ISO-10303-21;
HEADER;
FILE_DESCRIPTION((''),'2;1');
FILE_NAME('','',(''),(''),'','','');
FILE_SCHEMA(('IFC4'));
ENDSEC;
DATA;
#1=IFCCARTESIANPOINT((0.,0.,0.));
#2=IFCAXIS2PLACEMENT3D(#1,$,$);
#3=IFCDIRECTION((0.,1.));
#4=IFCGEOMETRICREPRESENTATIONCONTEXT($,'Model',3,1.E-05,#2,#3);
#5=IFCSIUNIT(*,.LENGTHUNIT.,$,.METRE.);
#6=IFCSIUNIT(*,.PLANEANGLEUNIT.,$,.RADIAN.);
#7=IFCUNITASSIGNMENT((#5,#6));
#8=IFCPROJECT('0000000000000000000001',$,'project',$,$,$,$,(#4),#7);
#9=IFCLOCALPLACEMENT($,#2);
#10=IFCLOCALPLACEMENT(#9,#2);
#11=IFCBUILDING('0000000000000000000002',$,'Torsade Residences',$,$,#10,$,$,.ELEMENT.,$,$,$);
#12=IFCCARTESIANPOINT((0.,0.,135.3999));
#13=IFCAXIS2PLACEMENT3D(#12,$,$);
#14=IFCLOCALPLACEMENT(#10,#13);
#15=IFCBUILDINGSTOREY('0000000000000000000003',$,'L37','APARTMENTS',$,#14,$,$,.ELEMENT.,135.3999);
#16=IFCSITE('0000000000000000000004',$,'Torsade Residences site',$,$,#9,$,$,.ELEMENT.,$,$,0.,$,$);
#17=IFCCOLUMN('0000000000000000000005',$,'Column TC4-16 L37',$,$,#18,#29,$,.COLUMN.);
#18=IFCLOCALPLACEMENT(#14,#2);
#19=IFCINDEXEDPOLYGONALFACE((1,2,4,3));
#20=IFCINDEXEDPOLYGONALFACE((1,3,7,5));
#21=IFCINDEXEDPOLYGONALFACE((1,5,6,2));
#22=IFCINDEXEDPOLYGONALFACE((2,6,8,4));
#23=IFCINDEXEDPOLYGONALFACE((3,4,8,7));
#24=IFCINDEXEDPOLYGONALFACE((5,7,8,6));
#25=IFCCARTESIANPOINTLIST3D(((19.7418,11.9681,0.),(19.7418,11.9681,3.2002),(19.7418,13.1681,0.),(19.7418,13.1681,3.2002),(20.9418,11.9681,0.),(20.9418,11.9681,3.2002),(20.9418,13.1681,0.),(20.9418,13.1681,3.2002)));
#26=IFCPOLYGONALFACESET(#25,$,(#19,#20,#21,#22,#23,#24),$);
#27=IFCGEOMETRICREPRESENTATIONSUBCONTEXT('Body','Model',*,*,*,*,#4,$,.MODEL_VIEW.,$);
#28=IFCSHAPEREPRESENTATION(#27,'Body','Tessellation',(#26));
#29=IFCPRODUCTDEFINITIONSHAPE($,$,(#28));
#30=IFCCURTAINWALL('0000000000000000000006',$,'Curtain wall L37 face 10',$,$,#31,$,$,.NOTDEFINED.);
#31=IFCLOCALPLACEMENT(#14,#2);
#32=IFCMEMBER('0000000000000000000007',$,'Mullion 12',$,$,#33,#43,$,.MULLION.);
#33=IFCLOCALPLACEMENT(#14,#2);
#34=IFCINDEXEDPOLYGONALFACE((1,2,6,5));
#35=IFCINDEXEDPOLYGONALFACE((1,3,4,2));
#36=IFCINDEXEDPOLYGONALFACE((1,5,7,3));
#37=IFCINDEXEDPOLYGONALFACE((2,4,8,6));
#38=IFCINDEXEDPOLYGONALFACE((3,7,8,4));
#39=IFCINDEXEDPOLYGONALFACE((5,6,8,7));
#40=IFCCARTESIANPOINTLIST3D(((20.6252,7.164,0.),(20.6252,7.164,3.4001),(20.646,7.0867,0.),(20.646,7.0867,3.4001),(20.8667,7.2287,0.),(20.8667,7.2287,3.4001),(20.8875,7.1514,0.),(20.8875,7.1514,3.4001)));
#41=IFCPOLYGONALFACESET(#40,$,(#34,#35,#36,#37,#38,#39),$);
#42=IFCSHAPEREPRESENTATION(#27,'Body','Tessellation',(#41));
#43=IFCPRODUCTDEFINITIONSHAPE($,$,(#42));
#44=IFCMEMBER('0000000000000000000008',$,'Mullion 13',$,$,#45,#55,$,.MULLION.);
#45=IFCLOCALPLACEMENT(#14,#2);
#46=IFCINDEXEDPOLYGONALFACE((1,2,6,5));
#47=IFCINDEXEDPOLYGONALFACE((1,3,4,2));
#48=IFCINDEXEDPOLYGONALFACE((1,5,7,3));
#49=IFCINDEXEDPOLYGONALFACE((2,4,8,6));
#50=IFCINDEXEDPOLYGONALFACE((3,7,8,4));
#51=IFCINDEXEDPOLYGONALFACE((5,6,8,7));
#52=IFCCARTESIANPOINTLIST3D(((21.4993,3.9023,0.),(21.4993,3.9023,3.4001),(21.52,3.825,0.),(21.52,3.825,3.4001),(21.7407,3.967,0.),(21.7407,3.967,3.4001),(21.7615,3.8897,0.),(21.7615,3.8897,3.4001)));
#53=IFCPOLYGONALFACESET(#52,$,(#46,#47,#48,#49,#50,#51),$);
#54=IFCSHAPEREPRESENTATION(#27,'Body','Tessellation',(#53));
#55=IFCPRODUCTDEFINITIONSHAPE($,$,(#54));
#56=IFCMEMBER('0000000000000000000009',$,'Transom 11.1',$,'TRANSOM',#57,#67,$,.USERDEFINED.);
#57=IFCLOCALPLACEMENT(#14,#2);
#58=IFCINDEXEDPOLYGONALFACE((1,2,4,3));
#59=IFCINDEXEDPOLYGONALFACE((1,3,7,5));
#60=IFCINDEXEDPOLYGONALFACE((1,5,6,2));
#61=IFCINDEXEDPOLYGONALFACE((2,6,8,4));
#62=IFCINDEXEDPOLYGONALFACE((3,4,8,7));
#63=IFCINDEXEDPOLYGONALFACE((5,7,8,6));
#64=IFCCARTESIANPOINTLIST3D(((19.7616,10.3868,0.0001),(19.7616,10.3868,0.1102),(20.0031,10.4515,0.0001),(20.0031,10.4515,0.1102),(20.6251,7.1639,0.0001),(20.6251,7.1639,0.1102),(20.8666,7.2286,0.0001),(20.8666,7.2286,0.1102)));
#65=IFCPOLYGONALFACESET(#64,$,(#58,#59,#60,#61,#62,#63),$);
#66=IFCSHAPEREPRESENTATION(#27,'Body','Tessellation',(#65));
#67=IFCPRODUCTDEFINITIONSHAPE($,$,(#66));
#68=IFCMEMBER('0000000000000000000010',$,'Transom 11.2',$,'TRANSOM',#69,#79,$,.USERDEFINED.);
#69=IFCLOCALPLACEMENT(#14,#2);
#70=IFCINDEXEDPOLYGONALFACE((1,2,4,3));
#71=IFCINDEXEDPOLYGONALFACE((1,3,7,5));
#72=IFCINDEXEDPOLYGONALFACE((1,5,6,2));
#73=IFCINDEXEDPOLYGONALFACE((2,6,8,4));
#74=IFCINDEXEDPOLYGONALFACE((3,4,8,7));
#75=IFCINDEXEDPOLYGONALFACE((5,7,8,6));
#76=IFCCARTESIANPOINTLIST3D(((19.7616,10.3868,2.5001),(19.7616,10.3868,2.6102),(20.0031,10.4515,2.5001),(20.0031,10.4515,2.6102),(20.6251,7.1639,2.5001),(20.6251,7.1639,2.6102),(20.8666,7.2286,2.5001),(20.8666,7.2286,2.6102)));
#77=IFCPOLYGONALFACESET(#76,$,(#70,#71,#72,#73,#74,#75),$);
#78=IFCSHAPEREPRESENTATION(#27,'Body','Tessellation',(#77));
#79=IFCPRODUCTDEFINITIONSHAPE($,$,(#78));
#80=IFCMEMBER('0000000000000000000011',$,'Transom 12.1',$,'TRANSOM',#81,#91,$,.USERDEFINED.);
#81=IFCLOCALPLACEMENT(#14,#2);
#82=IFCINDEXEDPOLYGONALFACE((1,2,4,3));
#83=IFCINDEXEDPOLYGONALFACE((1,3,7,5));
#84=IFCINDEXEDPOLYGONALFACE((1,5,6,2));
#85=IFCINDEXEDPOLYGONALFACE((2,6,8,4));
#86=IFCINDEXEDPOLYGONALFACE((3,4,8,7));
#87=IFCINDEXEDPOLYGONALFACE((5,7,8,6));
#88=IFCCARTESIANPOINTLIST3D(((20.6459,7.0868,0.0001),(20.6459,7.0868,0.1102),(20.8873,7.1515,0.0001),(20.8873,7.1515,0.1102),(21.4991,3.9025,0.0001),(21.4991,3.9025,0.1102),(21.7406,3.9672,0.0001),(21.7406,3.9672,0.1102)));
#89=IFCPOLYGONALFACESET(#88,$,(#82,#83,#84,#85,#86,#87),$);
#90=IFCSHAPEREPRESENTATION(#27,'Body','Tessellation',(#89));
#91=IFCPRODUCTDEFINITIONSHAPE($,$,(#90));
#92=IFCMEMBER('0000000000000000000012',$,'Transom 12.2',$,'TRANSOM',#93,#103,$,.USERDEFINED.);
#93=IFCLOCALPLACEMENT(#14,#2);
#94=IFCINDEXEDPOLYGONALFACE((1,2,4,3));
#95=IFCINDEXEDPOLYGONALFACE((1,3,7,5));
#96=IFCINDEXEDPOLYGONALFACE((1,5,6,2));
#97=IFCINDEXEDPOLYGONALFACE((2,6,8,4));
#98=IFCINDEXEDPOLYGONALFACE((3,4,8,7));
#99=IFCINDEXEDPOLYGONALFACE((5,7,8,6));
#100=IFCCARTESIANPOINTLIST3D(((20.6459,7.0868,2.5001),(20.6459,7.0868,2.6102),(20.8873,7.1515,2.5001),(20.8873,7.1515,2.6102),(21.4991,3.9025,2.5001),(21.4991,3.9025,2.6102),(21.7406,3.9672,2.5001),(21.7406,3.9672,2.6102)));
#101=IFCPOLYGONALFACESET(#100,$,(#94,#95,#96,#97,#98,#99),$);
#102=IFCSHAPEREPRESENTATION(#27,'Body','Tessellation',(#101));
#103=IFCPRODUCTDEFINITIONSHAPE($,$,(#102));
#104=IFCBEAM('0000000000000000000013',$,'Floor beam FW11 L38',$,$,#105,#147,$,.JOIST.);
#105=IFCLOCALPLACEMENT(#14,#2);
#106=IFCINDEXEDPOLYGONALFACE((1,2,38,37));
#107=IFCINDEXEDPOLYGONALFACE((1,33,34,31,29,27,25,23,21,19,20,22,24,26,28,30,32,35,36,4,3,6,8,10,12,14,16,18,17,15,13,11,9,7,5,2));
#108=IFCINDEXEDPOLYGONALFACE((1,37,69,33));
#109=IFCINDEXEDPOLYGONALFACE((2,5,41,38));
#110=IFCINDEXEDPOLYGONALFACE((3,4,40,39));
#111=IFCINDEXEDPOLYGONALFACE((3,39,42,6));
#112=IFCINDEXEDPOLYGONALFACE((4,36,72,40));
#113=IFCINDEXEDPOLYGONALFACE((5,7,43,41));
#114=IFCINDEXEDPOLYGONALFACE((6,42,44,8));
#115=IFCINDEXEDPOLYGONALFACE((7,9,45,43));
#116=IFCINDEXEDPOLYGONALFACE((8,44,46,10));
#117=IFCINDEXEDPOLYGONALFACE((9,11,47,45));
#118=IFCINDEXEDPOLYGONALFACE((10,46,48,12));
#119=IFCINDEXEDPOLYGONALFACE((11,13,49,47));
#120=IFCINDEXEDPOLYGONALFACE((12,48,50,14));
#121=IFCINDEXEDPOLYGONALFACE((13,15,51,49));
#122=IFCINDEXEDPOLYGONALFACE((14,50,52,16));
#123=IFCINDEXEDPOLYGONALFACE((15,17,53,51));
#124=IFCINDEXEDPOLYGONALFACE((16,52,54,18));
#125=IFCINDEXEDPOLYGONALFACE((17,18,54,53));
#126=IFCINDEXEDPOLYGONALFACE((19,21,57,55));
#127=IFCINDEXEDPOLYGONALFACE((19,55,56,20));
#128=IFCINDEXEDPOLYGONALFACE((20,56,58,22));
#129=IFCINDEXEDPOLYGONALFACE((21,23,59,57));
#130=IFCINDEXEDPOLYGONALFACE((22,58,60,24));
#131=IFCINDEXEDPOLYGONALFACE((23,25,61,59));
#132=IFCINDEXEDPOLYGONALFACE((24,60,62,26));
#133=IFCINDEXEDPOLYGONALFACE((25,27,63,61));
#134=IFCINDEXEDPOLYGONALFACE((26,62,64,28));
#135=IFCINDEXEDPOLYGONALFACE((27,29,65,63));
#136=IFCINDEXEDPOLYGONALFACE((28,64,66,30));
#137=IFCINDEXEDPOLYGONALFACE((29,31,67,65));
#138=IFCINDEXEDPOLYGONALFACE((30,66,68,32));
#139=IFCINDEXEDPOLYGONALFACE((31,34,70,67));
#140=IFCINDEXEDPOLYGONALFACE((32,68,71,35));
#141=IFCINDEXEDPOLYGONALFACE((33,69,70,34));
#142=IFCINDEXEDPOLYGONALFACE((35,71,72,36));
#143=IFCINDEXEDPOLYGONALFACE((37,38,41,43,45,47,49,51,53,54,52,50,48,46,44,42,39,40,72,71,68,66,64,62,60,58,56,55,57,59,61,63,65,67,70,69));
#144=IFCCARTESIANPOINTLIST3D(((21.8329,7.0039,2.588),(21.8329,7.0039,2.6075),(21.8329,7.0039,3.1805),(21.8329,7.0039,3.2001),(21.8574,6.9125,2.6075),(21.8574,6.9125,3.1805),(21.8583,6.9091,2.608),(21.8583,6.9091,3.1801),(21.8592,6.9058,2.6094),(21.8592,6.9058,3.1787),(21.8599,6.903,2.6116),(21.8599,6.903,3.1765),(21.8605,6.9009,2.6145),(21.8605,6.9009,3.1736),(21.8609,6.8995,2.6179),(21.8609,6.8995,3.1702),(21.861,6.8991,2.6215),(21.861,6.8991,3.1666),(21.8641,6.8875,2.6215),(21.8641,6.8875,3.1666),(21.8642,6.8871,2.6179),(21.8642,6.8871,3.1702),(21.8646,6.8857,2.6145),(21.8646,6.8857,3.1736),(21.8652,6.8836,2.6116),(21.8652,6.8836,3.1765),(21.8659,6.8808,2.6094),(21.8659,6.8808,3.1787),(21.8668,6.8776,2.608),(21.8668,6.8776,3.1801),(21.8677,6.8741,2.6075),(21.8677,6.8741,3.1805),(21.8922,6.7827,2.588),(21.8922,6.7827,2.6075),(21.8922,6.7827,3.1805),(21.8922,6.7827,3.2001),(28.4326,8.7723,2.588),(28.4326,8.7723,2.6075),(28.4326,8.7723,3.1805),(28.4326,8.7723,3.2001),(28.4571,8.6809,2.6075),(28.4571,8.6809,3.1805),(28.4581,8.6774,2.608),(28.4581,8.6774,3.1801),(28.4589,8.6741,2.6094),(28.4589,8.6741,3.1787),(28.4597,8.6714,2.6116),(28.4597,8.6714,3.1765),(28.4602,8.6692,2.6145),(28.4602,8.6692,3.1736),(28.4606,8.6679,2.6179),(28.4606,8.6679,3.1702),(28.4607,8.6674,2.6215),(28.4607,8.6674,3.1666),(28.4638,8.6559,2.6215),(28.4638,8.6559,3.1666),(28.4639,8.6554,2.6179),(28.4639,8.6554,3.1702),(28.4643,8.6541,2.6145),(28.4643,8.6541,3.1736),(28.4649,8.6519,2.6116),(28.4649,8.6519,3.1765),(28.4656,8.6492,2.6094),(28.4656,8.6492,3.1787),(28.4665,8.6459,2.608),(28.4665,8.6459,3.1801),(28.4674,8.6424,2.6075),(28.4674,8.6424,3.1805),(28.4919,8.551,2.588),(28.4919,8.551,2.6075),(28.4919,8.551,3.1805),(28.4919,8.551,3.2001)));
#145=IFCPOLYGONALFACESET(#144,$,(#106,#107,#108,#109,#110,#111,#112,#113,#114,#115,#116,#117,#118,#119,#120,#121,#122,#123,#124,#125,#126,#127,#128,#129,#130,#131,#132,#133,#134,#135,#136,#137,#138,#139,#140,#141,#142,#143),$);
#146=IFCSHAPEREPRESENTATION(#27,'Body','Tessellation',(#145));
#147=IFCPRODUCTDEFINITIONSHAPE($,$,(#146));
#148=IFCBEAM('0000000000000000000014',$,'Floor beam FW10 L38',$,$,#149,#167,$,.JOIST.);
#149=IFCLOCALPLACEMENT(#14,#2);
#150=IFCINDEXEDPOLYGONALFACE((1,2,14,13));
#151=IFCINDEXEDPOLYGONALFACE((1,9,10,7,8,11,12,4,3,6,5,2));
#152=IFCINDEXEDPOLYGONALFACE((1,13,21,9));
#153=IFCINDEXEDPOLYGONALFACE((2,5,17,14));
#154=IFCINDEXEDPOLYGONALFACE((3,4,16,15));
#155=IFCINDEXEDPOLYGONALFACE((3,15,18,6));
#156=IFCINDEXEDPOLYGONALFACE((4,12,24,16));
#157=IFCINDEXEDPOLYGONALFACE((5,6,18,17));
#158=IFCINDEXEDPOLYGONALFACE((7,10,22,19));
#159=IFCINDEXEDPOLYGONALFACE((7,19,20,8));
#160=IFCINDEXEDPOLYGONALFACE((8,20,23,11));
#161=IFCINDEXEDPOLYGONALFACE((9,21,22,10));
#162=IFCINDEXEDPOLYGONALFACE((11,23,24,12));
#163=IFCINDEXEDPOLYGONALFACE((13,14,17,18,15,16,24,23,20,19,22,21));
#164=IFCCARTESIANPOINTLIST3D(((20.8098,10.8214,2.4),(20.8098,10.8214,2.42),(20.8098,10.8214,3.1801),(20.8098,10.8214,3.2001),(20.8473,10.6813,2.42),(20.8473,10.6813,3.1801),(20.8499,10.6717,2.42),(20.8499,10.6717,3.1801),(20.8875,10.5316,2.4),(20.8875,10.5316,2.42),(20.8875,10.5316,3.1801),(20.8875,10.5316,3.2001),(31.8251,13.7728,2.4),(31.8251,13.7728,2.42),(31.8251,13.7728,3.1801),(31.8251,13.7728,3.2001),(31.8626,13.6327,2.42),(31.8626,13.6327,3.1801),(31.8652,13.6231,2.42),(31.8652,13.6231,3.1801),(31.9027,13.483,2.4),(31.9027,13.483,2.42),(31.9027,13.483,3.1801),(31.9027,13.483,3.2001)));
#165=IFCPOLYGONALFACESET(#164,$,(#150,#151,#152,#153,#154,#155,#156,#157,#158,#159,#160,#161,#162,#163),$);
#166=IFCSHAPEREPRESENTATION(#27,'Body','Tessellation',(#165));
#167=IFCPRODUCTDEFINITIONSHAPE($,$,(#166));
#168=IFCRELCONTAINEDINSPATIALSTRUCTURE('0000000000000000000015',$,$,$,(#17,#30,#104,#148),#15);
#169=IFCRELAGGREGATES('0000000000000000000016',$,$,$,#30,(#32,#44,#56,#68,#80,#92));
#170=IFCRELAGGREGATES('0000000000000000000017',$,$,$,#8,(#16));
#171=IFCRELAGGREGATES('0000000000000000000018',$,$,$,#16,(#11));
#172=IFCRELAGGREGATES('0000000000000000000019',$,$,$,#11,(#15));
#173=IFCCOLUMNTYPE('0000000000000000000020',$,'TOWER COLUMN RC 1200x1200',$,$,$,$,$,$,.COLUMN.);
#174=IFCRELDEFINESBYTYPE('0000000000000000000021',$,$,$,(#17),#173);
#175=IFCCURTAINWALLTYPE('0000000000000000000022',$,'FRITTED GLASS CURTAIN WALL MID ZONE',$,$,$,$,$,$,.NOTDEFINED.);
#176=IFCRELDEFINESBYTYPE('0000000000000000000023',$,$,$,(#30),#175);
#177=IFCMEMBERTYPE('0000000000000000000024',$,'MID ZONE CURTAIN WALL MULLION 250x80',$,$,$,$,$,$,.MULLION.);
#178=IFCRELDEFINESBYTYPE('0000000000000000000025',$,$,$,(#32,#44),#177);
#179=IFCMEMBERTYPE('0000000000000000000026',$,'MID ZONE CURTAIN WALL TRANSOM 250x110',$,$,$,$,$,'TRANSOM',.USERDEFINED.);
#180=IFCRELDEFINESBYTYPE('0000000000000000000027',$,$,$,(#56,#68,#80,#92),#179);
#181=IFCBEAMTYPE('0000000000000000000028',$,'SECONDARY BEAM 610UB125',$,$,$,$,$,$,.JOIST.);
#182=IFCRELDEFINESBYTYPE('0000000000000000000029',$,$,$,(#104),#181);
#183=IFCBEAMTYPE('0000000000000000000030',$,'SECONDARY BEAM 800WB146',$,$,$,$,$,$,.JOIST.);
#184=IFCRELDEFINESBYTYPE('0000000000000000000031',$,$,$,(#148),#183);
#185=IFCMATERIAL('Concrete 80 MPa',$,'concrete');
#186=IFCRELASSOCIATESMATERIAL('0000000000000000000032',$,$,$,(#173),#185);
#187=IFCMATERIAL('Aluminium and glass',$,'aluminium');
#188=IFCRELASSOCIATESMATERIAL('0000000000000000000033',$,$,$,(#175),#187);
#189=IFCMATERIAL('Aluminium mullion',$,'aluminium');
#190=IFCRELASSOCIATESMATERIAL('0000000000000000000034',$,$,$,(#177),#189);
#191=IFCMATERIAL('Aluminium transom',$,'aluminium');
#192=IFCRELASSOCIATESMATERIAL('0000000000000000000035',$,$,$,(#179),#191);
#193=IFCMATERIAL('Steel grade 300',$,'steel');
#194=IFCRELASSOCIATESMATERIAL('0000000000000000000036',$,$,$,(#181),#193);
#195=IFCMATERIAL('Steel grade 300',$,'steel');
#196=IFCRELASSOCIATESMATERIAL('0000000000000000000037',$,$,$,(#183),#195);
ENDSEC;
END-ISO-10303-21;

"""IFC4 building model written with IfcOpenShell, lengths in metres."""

from ifc_helpers import new_model, si_unit, direction, frame, origin, origin_2d, place, context, subcontext, project, spatial, rectangle, i_section, extrude, material, material_profile, profile_set, type_object, element, aggregate, save


model = new_model("IFC4")

# Units and contexts
model_context = context("Model", 3, precision=1e-05, world=origin(), true_north=direction((0.0, 1.0)))
body_context = subcontext(model_context, "Body", "Model", "MODEL_VIEW")
ifc_project = project(units=[si_unit("LENGTHUNIT", "METRE"), si_unit("PLANEANGLEUNIT", "RADIAN")], contexts=[model_context])

# Site, building, storey
site_placement = place(None, origin())
site = spatial("IfcSite", under=ifc_project, at=site_placement, Name="Torsade Residences site", CompositionType="ELEMENT", RefElevation=0.0)
building_placement = place(site_placement, origin())
building = spatial("IfcBuilding", under=site, at=building_placement, Name="Torsade Residences", CompositionType="ELEMENT")
storey_placement = place(building_placement, frame((0.0, 0.0, 135.3999)))
storey = spatial("IfcBuildingStorey", under=building, at=storey_placement, Name="L37", Description="APARTMENTS", CompositionType="ELEMENT", Elevation=135.3999)

# Column
ifc_material_1 = material(Name="Concrete 80 MPa", Category="concrete")
ifc_material_profile_1 = material_profile(ifc_material_1, rectangle(XDim=1.2, YDim=1.2, at=origin_2d()), Name="RC 1200x1200")
ifc_profile_set_1 = profile_set([ifc_material_profile_1], Name="Concrete 80 MPa")
column_type = type_object("IfcColumnType", Name="TOWER COLUMN RC 1200x1200", PredefinedType="COLUMN", material=ifc_profile_set_1)
column_placement = place(storey_placement, frame((20.3418, 12.5681, 0.0), z_axis=(0.0, 0.0, 1.0), x_axis=(1.0, 0.0, 0.0)))
element("IfcColumn", 1, at=column_placement, inside=storey, type_object=column_type, Name="Column TC4-16 L37", PredefinedType="COLUMN", context=body_context, shape_type="SweptSolid", body=[
    extrude(rectangle(XDim=1.2, YDim=1.2, at=origin_2d()), origin(), (0.0, 0.0, 1.0), 3.2002),
])

# Curtain wall, members
ifc_material_2 = material(Name="Aluminium and glass", Category="aluminium")
curtain_wall_type = type_object("IfcCurtainWallType", Name="FRITTED GLASS CURTAIN WALL MID ZONE", PredefinedType="NOTDEFINED", material=ifc_material_2)
curtain_wall_placement = place(storey_placement, origin())
curtain_wall = element("IfcCurtainWall", 2, at=curtain_wall_placement, inside=storey, type_object=curtain_wall_type, Name="Curtain wall L37 face 10", PredefinedType="NOTDEFINED")
ifc_material_3 = material(Name="Aluminium mullion", Category="aluminium")
ifc_material_profile_2 = material_profile(ifc_material_3, rectangle(XDim=0.25, YDim=0.0801, at=origin_2d()), Name="MID ZONE CURTAIN WALL MULLION 250x80")
ifc_profile_set_2 = profile_set([ifc_material_profile_2], Name="Aluminium mullion")
member_type_1 = type_object("IfcMemberType", Name="MID ZONE CURTAIN WALL MULLION 250x80", PredefinedType="MULLION", material=ifc_profile_set_2)
member_1_placement = place(storey_placement, frame((20.7563, 7.1577, 0.0), z_axis=(0.0, 0.0, 1.0), x_axis=(0.965926, 0.258819, 0.0)))
member_1 = element("IfcMember", 3, at=member_1_placement, type_object=member_type_1, Name="Mullion 12", PredefinedType="MULLION", context=body_context, shape_type="SweptSolid", body=[
    extrude(rectangle(XDim=0.25, YDim=0.0801, at=origin_2d()), origin(), (0.0, 0.0, 1.0), 3.4001),
])
member_2_placement = place(storey_placement, frame((21.6304, 3.896, 0.0), z_axis=(0.0, 0.0, 1.0), x_axis=(0.965926, 0.258819, 0.0)))
member_2 = element("IfcMember", 4, at=member_2_placement, type_object=member_type_1, Name="Mullion 13", PredefinedType="MULLION", context=body_context, shape_type="SweptSolid", body=[
    extrude(rectangle(XDim=0.25, YDim=0.0801, at=origin_2d()), origin(), (0.0, 0.0, 1.0), 3.4001),
])
ifc_material_4 = material(Name="Aluminium transom", Category="aluminium")
ifc_material_profile_3 = material_profile(ifc_material_4, rectangle(XDim=0.25, YDim=0.1101, at=origin_2d()), Name="MID ZONE CURTAIN WALL TRANSOM 250x110")
ifc_profile_set_3 = profile_set([ifc_material_profile_3], Name="Aluminium transom")
member_type_2 = type_object("IfcMemberType", Name="MID ZONE CURTAIN WALL TRANSOM 250x110", ElementType="TRANSOM", PredefinedType="USERDEFINED", material=ifc_profile_set_3)
member_3_placement = place(storey_placement, frame((19.8823, 10.4192, 0.0552), z_axis=(0.258806, -0.965929, 0.0), x_axis=(0.965929, 0.258806, 0.0)))
member_3 = element("IfcMember", 5, at=member_3_placement, type_object=member_type_2, Name="Transom 11.1", ObjectType="TRANSOM", PredefinedType="USERDEFINED", context=body_context, shape_type="SweptSolid", body=[
    extrude(rectangle(XDim=0.25, YDim=0.1101, at=origin_2d()), origin(), (0.0, 0.0, 1.0), 3.3367),
])
member_4_placement = place(storey_placement, frame((19.8823, 10.4192, 2.5552), z_axis=(0.258806, -0.965929, 0.0), x_axis=(0.965929, 0.258806, 0.0)))
member_4 = element("IfcMember", 6, at=member_4_placement, type_object=member_type_2, Name="Transom 11.2", ObjectType="TRANSOM", PredefinedType="USERDEFINED", context=body_context, shape_type="SweptSolid", body=[
    extrude(rectangle(XDim=0.25, YDim=0.1101, at=origin_2d()), origin(), (0.0, 0.0, 1.0), 3.3367),
])
member_5_placement = place(storey_placement, frame((20.7666, 7.1191, 0.0552), z_axis=(0.258829, -0.965923, 0.0), x_axis=(0.965923, 0.258829, 0.0)))
member_5 = element("IfcMember", 7, at=member_5_placement, type_object=member_type_2, Name="Transom 12.1", ObjectType="TRANSOM", PredefinedType="USERDEFINED", context=body_context, shape_type="SweptSolid", body=[
    extrude(rectangle(XDim=0.25, YDim=0.1101, at=origin_2d()), origin(), (0.0, 0.0, 1.0), 3.2966),
])
member_6_placement = place(storey_placement, frame((20.7666, 7.1191, 2.5552), z_axis=(0.258829, -0.965923, 0.0), x_axis=(0.965923, 0.258829, 0.0)))
member_6 = element("IfcMember", 8, at=member_6_placement, type_object=member_type_2, Name="Transom 12.2", ObjectType="TRANSOM", PredefinedType="USERDEFINED", context=body_context, shape_type="SweptSolid", body=[
    extrude(rectangle(XDim=0.25, YDim=0.1101, at=origin_2d()), origin(), (0.0, 0.0, 1.0), 3.2966),
])

# Beams
ifc_material_5 = material(Name="Steel grade 300", Category="steel")
ifc_material_profile_4 = material_profile(ifc_material_5, i_section(OverallWidth=0.229, OverallDepth=0.6121, WebThickness=0.012, FlangeThickness=0.0195, FilletRadius=0.0139, at=origin_2d()), Name="610UB125")
ifc_profile_set_4 = profile_set([ifc_material_profile_4], Name="Steel grade 300")
beam_type_1 = type_object("IfcBeamType", Name="SECONDARY BEAM 610UB125", PredefinedType="JOIST", material=ifc_profile_set_4)
beam_1_placement = place(storey_placement, frame((21.8625, 6.8933, 2.894), z_axis=(0.965928, 0.258812, 0.0), x_axis=(-0.258812, 0.965928, 0.0)))
element("IfcBeam", 9, at=beam_1_placement, inside=storey, type_object=beam_type_1, Name="Floor beam FW11 L38", PredefinedType="JOIST", context=body_context, shape_type="SweptSolid", body=[
    extrude(i_section(OverallWidth=0.229, OverallDepth=0.6121, WebThickness=0.012, FlangeThickness=0.0195, FilletRadius=0.0139, at=origin_2d()), origin(), (0.0, 0.0, 1.0), 6.8325),
])
ifc_material_6 = material(Name="Steel grade 300", Category="steel")
ifc_material_profile_5 = material_profile(ifc_material_6, i_section(OverallWidth=0.3, OverallDepth=0.8, WebThickness=0.01, FlangeThickness=0.02, at=origin_2d()), Name="800WB146")
ifc_profile_set_5 = profile_set([ifc_material_profile_5], Name="Steel grade 300")
beam_type_2 = type_object("IfcBeamType", Name="SECONDARY BEAM 800WB146", PredefinedType="JOIST", material=ifc_profile_set_5)
beam_2_placement = place(storey_placement, frame((20.8486, 10.6765, 2.8), z_axis=(0.965929, 0.258807, 0.0), x_axis=(-0.258807, 0.965929, 0.0)))
element("IfcBeam", 10, at=beam_2_placement, inside=storey, type_object=beam_type_2, Name="Floor beam FW10 L38", PredefinedType="JOIST", context=body_context, shape_type="SweptSolid", body=[
    extrude(i_section(OverallWidth=0.3, OverallDepth=0.8, WebThickness=0.01, FlangeThickness=0.02, at=origin_2d()), origin(), (0.0, 0.0, 1.0), 11.4038),
])

aggregate(curtain_wall, [member_1, member_2, member_3, member_4, member_5, member_6])

save(model, "model.ifc")
